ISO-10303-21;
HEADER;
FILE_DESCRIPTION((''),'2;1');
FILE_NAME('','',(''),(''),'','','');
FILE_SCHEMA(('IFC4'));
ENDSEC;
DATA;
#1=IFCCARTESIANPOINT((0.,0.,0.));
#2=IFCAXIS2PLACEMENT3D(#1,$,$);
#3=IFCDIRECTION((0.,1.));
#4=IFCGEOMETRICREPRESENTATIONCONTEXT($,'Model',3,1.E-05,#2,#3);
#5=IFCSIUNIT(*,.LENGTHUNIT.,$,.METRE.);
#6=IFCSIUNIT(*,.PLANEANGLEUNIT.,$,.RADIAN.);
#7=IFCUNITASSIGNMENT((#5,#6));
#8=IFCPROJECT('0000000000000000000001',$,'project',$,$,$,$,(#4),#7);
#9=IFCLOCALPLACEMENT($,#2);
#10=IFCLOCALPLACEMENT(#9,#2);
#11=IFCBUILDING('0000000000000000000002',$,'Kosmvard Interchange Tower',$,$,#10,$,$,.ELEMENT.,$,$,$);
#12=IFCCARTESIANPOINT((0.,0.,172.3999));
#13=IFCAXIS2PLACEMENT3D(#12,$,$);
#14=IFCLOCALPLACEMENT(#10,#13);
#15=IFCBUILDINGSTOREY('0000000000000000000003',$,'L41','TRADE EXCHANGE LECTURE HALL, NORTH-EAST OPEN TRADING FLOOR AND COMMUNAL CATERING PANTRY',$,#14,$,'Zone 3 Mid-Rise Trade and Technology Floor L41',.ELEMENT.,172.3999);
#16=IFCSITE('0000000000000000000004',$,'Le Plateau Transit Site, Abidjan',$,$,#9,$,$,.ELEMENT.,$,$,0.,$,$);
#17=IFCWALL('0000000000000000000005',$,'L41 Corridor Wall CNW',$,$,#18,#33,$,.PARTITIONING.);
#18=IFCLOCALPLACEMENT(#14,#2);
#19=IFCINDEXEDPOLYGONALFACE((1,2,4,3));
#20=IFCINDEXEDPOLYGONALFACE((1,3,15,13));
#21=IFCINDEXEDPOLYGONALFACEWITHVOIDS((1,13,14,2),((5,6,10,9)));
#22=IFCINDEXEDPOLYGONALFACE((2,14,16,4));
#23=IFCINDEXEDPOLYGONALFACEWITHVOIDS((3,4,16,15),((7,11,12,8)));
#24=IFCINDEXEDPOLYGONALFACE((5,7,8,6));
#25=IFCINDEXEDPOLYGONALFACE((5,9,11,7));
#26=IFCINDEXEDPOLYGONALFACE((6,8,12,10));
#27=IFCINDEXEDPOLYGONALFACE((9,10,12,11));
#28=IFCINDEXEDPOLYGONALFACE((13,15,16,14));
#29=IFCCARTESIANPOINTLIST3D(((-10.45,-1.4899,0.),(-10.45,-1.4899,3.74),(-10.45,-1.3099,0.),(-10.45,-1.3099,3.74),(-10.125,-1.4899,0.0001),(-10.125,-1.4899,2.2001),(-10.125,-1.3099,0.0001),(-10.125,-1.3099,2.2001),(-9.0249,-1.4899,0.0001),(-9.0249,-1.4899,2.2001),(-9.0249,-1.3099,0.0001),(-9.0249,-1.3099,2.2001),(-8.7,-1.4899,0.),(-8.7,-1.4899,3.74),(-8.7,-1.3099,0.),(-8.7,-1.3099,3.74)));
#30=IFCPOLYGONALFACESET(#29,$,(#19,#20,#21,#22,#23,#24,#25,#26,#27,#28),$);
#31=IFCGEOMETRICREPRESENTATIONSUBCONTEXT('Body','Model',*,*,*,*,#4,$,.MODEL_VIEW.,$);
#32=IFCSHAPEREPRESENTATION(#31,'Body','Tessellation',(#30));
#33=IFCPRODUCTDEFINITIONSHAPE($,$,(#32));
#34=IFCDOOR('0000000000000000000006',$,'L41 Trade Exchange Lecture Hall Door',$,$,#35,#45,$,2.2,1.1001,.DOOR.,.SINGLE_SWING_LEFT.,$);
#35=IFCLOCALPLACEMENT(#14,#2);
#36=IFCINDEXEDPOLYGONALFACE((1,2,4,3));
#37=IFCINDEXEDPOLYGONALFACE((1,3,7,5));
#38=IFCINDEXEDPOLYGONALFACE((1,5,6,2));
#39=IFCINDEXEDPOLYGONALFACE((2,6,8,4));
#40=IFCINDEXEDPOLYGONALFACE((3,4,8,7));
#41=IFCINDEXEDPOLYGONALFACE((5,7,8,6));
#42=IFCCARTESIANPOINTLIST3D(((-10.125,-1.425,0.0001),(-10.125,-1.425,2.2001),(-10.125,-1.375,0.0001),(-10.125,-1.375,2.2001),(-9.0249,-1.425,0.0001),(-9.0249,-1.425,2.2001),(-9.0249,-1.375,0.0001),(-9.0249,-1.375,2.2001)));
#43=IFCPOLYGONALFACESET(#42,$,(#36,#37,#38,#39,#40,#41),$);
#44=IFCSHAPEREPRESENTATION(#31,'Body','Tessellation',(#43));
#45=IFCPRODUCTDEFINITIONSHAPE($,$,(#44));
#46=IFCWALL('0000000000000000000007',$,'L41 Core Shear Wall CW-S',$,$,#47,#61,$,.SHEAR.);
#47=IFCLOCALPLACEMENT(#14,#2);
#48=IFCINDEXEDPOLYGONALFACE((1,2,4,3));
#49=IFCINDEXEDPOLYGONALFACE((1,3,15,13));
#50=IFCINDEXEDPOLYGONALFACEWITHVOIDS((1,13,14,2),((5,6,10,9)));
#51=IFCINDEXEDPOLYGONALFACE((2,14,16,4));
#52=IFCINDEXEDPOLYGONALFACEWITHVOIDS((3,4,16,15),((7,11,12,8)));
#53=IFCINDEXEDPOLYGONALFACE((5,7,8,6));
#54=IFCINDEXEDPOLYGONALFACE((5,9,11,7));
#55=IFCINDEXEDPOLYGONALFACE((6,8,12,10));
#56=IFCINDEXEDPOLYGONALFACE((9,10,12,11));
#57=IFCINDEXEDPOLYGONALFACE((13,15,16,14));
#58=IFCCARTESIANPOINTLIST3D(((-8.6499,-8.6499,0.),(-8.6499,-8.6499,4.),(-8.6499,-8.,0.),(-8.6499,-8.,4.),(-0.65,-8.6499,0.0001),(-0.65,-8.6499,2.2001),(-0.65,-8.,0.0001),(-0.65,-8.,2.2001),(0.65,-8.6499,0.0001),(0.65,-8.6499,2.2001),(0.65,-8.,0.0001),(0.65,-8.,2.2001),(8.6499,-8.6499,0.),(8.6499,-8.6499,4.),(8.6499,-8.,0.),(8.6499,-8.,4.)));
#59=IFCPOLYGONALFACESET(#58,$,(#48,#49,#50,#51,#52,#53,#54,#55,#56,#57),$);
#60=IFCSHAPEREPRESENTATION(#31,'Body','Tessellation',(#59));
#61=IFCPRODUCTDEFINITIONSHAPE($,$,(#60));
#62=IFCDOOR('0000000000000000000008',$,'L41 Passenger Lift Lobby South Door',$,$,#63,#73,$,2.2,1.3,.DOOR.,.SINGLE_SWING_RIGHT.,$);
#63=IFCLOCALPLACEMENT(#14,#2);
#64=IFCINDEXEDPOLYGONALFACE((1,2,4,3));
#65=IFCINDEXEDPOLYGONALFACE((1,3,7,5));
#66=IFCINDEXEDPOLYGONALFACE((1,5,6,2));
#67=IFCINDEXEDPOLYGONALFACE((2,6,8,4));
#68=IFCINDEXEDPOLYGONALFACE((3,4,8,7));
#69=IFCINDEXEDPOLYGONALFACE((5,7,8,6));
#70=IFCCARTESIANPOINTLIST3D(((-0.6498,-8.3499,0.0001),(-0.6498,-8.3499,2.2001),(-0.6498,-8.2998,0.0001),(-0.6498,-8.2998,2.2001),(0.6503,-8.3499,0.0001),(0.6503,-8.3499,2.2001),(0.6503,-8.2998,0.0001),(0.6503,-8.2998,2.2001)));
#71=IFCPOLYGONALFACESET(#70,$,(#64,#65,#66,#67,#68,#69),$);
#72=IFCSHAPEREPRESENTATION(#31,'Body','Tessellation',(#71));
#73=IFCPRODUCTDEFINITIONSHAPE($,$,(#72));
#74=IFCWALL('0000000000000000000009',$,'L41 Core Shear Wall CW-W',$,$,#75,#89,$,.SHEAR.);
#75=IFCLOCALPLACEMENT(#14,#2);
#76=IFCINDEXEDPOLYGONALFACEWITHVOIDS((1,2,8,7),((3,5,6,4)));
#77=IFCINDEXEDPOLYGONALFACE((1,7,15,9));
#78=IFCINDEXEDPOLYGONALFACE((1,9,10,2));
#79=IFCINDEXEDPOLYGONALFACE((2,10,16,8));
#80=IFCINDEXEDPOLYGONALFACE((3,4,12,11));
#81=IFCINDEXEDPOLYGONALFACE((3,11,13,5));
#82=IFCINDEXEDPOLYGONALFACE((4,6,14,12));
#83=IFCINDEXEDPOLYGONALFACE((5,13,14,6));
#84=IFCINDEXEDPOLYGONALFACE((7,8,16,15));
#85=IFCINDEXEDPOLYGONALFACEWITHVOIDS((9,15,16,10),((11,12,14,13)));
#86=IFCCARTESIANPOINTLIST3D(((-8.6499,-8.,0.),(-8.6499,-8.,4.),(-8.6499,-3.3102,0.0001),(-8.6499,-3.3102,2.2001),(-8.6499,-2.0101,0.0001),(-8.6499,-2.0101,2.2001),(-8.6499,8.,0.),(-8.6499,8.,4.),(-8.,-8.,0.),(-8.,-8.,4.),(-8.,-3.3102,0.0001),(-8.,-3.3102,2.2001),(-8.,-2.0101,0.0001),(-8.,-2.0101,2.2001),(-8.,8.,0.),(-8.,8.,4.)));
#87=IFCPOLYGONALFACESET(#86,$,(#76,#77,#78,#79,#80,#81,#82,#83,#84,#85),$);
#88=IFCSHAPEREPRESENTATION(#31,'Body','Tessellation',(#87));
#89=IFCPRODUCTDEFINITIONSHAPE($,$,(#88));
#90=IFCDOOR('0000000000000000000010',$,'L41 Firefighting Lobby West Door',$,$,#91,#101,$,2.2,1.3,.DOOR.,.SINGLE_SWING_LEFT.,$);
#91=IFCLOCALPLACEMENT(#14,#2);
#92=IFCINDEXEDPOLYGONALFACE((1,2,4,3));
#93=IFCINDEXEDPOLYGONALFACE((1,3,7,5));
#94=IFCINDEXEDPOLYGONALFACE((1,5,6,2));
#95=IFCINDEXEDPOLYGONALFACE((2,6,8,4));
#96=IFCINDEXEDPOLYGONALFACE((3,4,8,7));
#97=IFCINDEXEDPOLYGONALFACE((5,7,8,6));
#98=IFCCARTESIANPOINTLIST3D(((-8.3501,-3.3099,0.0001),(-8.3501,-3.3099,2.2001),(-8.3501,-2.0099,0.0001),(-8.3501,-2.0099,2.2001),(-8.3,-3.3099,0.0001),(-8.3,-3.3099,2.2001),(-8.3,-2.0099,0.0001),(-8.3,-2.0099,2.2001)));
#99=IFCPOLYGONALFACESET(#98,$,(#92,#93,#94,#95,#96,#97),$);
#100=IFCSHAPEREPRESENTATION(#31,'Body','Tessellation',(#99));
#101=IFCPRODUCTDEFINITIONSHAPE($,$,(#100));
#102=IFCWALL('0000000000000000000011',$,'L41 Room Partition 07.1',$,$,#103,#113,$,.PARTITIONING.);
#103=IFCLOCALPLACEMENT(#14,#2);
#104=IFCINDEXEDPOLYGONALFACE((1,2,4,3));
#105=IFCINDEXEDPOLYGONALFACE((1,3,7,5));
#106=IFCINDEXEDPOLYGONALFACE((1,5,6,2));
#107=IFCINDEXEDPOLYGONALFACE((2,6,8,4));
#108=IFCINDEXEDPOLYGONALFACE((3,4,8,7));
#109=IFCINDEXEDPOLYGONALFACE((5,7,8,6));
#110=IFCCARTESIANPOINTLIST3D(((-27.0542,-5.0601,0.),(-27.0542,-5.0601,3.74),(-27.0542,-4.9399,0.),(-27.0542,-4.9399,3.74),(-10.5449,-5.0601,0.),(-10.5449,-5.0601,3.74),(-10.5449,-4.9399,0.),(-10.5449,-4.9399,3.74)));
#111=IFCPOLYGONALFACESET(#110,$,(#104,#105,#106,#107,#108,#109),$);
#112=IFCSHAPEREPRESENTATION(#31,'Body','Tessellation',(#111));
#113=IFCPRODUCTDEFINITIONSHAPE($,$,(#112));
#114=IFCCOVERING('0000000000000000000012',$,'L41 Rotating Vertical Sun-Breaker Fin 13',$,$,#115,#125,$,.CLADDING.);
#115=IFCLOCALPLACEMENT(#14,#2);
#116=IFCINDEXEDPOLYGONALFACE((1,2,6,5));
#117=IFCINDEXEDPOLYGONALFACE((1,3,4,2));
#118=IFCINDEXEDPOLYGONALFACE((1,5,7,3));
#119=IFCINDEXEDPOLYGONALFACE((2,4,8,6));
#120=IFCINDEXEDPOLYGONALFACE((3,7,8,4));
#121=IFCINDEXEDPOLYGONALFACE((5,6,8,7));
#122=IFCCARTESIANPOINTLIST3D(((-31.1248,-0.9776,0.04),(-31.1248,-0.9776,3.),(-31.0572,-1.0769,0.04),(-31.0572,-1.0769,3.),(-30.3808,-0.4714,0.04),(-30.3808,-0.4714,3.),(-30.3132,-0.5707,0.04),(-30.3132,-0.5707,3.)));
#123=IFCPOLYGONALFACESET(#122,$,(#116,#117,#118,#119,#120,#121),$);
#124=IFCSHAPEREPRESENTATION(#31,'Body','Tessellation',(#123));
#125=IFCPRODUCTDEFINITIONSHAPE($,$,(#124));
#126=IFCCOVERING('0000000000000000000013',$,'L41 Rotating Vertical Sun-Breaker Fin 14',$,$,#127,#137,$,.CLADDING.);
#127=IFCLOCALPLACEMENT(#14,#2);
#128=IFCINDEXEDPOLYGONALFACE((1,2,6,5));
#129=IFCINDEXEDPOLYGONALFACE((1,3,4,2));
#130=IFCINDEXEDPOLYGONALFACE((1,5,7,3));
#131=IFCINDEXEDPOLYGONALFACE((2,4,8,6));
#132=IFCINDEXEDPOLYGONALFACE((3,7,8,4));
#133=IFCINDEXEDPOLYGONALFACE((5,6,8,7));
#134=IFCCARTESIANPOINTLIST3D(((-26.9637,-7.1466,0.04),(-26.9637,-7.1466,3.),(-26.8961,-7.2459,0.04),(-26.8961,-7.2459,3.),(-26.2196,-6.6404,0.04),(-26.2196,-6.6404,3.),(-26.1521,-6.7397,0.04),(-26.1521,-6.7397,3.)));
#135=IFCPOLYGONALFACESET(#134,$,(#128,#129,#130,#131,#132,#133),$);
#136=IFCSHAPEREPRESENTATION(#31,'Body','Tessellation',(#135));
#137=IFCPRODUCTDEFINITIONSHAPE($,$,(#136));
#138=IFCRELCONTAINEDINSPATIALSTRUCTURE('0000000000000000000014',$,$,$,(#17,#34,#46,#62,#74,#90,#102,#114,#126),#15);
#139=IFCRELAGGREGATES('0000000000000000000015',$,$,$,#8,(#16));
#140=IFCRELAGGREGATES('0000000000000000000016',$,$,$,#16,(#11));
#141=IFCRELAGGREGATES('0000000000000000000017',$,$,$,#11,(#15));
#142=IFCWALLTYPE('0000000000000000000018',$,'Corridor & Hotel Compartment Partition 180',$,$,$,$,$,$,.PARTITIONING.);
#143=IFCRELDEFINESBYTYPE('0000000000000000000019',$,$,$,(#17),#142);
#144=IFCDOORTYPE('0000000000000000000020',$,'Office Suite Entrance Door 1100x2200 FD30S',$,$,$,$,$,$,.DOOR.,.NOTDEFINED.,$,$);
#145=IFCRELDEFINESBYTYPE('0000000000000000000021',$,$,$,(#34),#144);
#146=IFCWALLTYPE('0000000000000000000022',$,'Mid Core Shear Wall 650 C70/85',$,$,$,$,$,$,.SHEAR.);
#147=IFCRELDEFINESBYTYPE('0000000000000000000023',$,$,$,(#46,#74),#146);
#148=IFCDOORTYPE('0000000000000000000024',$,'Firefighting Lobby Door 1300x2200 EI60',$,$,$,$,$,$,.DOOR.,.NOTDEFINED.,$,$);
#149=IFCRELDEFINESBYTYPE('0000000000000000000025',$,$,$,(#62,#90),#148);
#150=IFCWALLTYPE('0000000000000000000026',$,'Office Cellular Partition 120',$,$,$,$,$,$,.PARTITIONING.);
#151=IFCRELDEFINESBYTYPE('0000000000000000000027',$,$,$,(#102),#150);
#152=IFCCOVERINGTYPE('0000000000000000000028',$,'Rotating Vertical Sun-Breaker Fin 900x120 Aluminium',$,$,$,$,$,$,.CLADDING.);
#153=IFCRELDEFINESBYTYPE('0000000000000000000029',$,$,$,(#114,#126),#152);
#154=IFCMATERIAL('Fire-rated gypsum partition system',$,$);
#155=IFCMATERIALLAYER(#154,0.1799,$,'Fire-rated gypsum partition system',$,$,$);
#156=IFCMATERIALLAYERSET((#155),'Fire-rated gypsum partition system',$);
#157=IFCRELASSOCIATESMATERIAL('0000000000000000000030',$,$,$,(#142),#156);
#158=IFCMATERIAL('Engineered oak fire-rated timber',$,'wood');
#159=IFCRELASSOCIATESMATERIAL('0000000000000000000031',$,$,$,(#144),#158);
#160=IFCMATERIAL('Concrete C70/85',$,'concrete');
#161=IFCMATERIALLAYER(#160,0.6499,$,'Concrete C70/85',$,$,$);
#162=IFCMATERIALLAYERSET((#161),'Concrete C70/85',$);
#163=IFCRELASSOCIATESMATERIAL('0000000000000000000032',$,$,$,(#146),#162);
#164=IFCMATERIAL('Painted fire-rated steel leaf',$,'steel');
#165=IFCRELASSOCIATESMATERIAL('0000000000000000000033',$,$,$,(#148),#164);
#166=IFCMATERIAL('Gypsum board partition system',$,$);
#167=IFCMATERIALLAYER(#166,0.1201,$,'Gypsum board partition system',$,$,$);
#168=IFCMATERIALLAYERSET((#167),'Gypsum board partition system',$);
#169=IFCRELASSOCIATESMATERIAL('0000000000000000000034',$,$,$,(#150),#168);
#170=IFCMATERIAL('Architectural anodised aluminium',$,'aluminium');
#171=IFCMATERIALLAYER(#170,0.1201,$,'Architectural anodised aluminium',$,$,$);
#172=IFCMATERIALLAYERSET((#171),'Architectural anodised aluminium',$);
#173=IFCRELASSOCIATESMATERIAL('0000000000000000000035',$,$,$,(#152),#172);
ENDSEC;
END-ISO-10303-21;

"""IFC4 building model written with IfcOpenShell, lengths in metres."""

from ifc_helpers import new_model, si_unit, direction, frame, frame_2d, origin, origin_2d, place, context, subcontext, project, spatial, rectangle, extrude, source, transform, mapped, material, layer, layer_set, type_object, element, fill, save


model = new_model("IFC4")

# Units and contexts
model_context = context("Model", 3, precision=1e-05, world=origin(), true_north=direction((0.0, 1.0)))
body_context = subcontext(model_context, "Body", "Model", "MODEL_VIEW")
ifc_project = project(units=[si_unit("LENGTHUNIT", "METRE"), si_unit("PLANEANGLEUNIT", "RADIAN")], contexts=[model_context])

# Site, building, storey
site_placement = place(None, origin())
site = spatial("IfcSite", under=ifc_project, at=site_placement, Name="Le Plateau Transit Site, Abidjan", CompositionType="ELEMENT", RefElevation=0.0)
building_placement = place(site_placement, origin())
building = spatial("IfcBuilding", under=site, at=building_placement, Name="Kosmvard Interchange Tower", CompositionType="ELEMENT")
storey_placement = place(building_placement, frame((0.0, 0.0, 172.3999)))
storey = spatial("IfcBuildingStorey", under=building, at=storey_placement, Name="L41", Description="TRADE EXCHANGE LECTURE HALL, NORTH-EAST OPEN TRADING FLOOR AND COMMUNAL CATERING PANTRY", LongName="Zone 3 Mid-Rise Trade and Technology Floor L41", CompositionType="ELEMENT", Elevation=172.3999)

# Shared definitions
ifc_material_1 = material(Name="Fire-rated gypsum partition system")
ifc_layer_1 = layer(ifc_material_1, 0.1799, Name="Fire-rated gypsum partition system")
ifc_layer_set_1 = layer_set([ifc_layer_1], Name="Fire-rated gypsum partition system")
wall_type_1 = type_object("IfcWallType", Name="Corridor & Hotel Compartment Partition 180", PredefinedType="PARTITIONING", material=ifc_layer_set_1)
ifc_material_2 = material(Name="Engineered oak fire-rated timber", Category="wood")
door_type_1 = type_object("IfcDoorType", Name="Office Suite Entrance Door 1100x2200 FD30S", OperationType="NOTDEFINED", PredefinedType="DOOR", material=ifc_material_2)
shared_shape_1 = source(origin(), body_context, "Body", "SweptSolid", [
    extrude(rectangle(XDim=1.1001, YDim=2.2, at=frame_2d((0.55, 1.1001))), frame((0.0, 0.0249, 0.0), z_axis=(0.0, -1.0, 0.0), x_axis=(1.0, 0.0, 0.0)), (0.0, 0.0, 1.0), 0.05),
])

# Walls, openings, doors
wall_1_placement = place(storey_placement, frame((-10.45, -1.3999, 0.0), z_axis=(0.0, 0.0, 1.0), x_axis=(1.0, 0.0, 0.0)))
wall_1 = element("IfcWall", 1, at=wall_1_placement, inside=storey, type_object=wall_type_1, Name="L41 Corridor Wall CNW", PredefinedType="PARTITIONING", context=body_context, shape_type="SweptSolid", body=[
    extrude(rectangle(XDim=1.75, YDim=0.1799, at=frame_2d((0.875, 0.0))), origin(), (0.0, 0.0, 1.0), 3.74),
])
opening_1_placement = place(wall_1_placement, frame((0.325, 0.0, 0.0)))
opening_1 = element("IfcOpeningElement", 2, at=opening_1_placement, cuts=wall_1, PredefinedType="OPENING", context=body_context, shape_type="SweptSolid", body=[
    extrude(rectangle(XDim=1.1001, YDim=2.2, at=frame_2d((0.55, 1.1001))), frame((0.0, 0.1001, 0.0), z_axis=(0.0, -1.0, 0.0), x_axis=(1.0, 0.0, 0.0)), (0.0, 0.0, 1.0), 0.2),
])
door_1_placement = place(opening_1_placement, origin())
door_1 = element("IfcDoor", 3, at=door_1_placement, inside=storey, type_object=door_type_1, Name="L41 Trade Exchange Lecture Hall Door", OperationType="SINGLE_SWING_LEFT", OverallHeight=2.2, OverallWidth=1.1001, PredefinedType="DOOR", context=body_context, shape_type="MappedRepresentation", body=[
    mapped(shared_shape_1, transform((0.0, 0.0, 0.0), scale=1.0)),
])
fill(opening_1, door_1)
ifc_material_3 = material(Name="Concrete C70/85", Category="concrete")
ifc_layer_2 = layer(ifc_material_3, 0.6499, Name="Concrete C70/85")
ifc_layer_set_2 = layer_set([ifc_layer_2], Name="Concrete C70/85")
wall_type_2 = type_object("IfcWallType", Name="Mid Core Shear Wall 650 C70/85", PredefinedType="SHEAR", material=ifc_layer_set_2)
wall_2_placement = place(storey_placement, frame((-8.6499, -8.325, 0.0), z_axis=(0.0, 0.0, 1.0), x_axis=(1.0, 0.0, 0.0)))
wall_2 = element("IfcWall", 4, at=wall_2_placement, inside=storey, type_object=wall_type_2, Name="L41 Core Shear Wall CW-S", PredefinedType="SHEAR", context=body_context, shape_type="SweptSolid", body=[
    extrude(rectangle(XDim=17.2998, YDim=0.6499, at=frame_2d((8.6499, 0.0))), origin(), (0.0, 0.0, 1.0), 4.0),
])
opening_2_placement = place(wall_2_placement, frame((8.0, 0.0, 0.0)))
opening_2 = element("IfcOpeningElement", 5, at=opening_2_placement, cuts=wall_2, PredefinedType="OPENING", context=body_context, shape_type="SweptSolid", body=[
    extrude(rectangle(XDim=1.3, YDim=2.2, at=frame_2d((0.6499, 1.1001))), frame((0.0, 0.335, 0.0), z_axis=(0.0, -1.0, 0.0), x_axis=(1.0, 0.0, 0.0)), (0.0, 0.0, 1.0), 0.6699),
])
ifc_material_4 = material(Name="Painted fire-rated steel leaf", Category="steel")
door_type_2 = type_object("IfcDoorType", Name="Firefighting Lobby Door 1300x2200 EI60", OperationType="NOTDEFINED", PredefinedType="DOOR", material=ifc_material_4)
shared_shape_2 = source(origin(), body_context, "Body", "SweptSolid", [
    extrude(rectangle(XDim=1.3, YDim=2.2, at=frame_2d((0.6499, 1.1001))), frame((0.0, 0.0249, 0.0), z_axis=(0.0, -1.0, 0.0), x_axis=(1.0, 0.0, 0.0)), (0.0, 0.0, 1.0), 0.05),
])
door_2_placement = place(opening_2_placement, frame((1.3, 0.0, 0.0), z_axis=(0.0, 0.0, 1.0), x_axis=(-1.0, 0.0, 0.0)))
door_2 = element("IfcDoor", 6, at=door_2_placement, inside=storey, type_object=door_type_2, Name="L41 Passenger Lift Lobby South Door", OperationType="SINGLE_SWING_RIGHT", OverallHeight=2.2, OverallWidth=1.3, PredefinedType="DOOR", context=body_context, shape_type="MappedRepresentation", body=[
    mapped(shared_shape_2, transform((0.0, 0.0, 0.0), scale=1.0)),
])
fill(opening_2, door_2)
wall_3_placement = place(storey_placement, frame((-8.325, -8.0, 0.0), z_axis=(0.0, 0.0, 1.0), x_axis=(0.0, 1.0, 0.0)))
wall_3 = element("IfcWall", 7, at=wall_3_placement, inside=storey, type_object=wall_type_2, Name="L41 Core Shear Wall CW-W", PredefinedType="SHEAR", context=body_context, shape_type="SweptSolid", body=[
    extrude(rectangle(XDim=16.0, YDim=0.6499, at=frame_2d((8.0, 0.0))), origin(), (0.0, 0.0, 1.0), 4.0),
])
opening_3_placement = place(wall_3_placement, frame((4.6899, 0.0, 0.0)))
opening_3 = element("IfcOpeningElement", 8, at=opening_3_placement, cuts=wall_3, PredefinedType="OPENING", context=body_context, shape_type="SweptSolid", body=[
    extrude(rectangle(XDim=1.3, YDim=2.2, at=frame_2d((0.6499, 1.1001))), frame((0.0, 0.335, 0.0), z_axis=(0.0, -1.0, 0.0), x_axis=(1.0, 0.0, 0.0)), (0.0, 0.0, 1.0), 0.6699),
])
door_3_placement = place(opening_3_placement, frame((1.3, 0.0, 0.0), z_axis=(0.0, 0.0, 1.0), x_axis=(-1.0, 0.0, 0.0)))
door_3 = element("IfcDoor", 9, at=door_3_placement, inside=storey, type_object=door_type_2, Name="L41 Firefighting Lobby West Door", OperationType="SINGLE_SWING_LEFT", OverallHeight=2.2, OverallWidth=1.3, PredefinedType="DOOR", context=body_context, shape_type="MappedRepresentation", body=[
    mapped(shared_shape_2, transform((0.0, 0.0, 0.0), scale=1.0)),
])
fill(opening_3, door_3)

# Wall
ifc_material_5 = material(Name="Gypsum board partition system")
ifc_layer_3 = layer(ifc_material_5, 0.1201, Name="Gypsum board partition system")
ifc_layer_set_3 = layer_set([ifc_layer_3], Name="Gypsum board partition system")
wall_type_3 = type_object("IfcWallType", Name="Office Cellular Partition 120", PredefinedType="PARTITIONING", material=ifc_layer_set_3)
wall_4_placement = place(storey_placement, frame((-27.0542, -5.0, 0.0), z_axis=(0.0, 0.0, 1.0), x_axis=(1.0, 0.0, 0.0)))
element("IfcWall", 10, at=wall_4_placement, inside=storey, type_object=wall_type_3, Name="L41 Room Partition 07.1", PredefinedType="PARTITIONING", context=body_context, shape_type="SweptSolid", body=[
    extrude(rectangle(XDim=16.5093, YDim=0.1201, at=frame_2d((8.2546, 0.0))), origin(), (0.0, 0.0, 1.0), 3.74),
])

# Coverings
ifc_material_6 = material(Name="Architectural anodised aluminium", Category="aluminium")
ifc_layer_4 = layer(ifc_material_6, 0.1201, Name="Architectural anodised aluminium")
ifc_layer_set_4 = layer_set([ifc_layer_4], Name="Architectural anodised aluminium")
covering_type = type_object("IfcCoveringType", Name="Rotating Vertical Sun-Breaker Fin 900x120 Aluminium", PredefinedType="CLADDING", material=ifc_layer_set_4)
shared_shape_3 = source(origin(), body_context, "Body", "SweptSolid", [
    extrude(rectangle(XDim=0.8999, YDim=0.1201, at=origin_2d()), origin(), (0.0, 0.0, 1.0), 2.96),
])
for number, where, z_axis, x_axis, name in (
    (11, (-30.719, -0.7742, 0.04), (0.0, 0.0, 1.0), (-0.826786, -0.562516, 0.0), "L41 Rotating Vertical Sun-Breaker Fin 13"),
    (12, (-26.5579, -6.9431, 0.04), (0.0, 0.0, 1.0), (-0.826786, -0.562516, 0.0), "L41 Rotating Vertical Sun-Breaker Fin 14"),
):
    element("IfcCovering", number, at=place(storey_placement, frame(where, z_axis=z_axis, x_axis=x_axis)), inside=storey, type_object=covering_type, Name=name, PredefinedType="CLADDING", context=body_context, shape_type="MappedRepresentation", body=[
        mapped(shared_shape_3, transform((0.0, 0.0, 0.0), scale=1.0)),
    ])

save(model, "model.ifc")
